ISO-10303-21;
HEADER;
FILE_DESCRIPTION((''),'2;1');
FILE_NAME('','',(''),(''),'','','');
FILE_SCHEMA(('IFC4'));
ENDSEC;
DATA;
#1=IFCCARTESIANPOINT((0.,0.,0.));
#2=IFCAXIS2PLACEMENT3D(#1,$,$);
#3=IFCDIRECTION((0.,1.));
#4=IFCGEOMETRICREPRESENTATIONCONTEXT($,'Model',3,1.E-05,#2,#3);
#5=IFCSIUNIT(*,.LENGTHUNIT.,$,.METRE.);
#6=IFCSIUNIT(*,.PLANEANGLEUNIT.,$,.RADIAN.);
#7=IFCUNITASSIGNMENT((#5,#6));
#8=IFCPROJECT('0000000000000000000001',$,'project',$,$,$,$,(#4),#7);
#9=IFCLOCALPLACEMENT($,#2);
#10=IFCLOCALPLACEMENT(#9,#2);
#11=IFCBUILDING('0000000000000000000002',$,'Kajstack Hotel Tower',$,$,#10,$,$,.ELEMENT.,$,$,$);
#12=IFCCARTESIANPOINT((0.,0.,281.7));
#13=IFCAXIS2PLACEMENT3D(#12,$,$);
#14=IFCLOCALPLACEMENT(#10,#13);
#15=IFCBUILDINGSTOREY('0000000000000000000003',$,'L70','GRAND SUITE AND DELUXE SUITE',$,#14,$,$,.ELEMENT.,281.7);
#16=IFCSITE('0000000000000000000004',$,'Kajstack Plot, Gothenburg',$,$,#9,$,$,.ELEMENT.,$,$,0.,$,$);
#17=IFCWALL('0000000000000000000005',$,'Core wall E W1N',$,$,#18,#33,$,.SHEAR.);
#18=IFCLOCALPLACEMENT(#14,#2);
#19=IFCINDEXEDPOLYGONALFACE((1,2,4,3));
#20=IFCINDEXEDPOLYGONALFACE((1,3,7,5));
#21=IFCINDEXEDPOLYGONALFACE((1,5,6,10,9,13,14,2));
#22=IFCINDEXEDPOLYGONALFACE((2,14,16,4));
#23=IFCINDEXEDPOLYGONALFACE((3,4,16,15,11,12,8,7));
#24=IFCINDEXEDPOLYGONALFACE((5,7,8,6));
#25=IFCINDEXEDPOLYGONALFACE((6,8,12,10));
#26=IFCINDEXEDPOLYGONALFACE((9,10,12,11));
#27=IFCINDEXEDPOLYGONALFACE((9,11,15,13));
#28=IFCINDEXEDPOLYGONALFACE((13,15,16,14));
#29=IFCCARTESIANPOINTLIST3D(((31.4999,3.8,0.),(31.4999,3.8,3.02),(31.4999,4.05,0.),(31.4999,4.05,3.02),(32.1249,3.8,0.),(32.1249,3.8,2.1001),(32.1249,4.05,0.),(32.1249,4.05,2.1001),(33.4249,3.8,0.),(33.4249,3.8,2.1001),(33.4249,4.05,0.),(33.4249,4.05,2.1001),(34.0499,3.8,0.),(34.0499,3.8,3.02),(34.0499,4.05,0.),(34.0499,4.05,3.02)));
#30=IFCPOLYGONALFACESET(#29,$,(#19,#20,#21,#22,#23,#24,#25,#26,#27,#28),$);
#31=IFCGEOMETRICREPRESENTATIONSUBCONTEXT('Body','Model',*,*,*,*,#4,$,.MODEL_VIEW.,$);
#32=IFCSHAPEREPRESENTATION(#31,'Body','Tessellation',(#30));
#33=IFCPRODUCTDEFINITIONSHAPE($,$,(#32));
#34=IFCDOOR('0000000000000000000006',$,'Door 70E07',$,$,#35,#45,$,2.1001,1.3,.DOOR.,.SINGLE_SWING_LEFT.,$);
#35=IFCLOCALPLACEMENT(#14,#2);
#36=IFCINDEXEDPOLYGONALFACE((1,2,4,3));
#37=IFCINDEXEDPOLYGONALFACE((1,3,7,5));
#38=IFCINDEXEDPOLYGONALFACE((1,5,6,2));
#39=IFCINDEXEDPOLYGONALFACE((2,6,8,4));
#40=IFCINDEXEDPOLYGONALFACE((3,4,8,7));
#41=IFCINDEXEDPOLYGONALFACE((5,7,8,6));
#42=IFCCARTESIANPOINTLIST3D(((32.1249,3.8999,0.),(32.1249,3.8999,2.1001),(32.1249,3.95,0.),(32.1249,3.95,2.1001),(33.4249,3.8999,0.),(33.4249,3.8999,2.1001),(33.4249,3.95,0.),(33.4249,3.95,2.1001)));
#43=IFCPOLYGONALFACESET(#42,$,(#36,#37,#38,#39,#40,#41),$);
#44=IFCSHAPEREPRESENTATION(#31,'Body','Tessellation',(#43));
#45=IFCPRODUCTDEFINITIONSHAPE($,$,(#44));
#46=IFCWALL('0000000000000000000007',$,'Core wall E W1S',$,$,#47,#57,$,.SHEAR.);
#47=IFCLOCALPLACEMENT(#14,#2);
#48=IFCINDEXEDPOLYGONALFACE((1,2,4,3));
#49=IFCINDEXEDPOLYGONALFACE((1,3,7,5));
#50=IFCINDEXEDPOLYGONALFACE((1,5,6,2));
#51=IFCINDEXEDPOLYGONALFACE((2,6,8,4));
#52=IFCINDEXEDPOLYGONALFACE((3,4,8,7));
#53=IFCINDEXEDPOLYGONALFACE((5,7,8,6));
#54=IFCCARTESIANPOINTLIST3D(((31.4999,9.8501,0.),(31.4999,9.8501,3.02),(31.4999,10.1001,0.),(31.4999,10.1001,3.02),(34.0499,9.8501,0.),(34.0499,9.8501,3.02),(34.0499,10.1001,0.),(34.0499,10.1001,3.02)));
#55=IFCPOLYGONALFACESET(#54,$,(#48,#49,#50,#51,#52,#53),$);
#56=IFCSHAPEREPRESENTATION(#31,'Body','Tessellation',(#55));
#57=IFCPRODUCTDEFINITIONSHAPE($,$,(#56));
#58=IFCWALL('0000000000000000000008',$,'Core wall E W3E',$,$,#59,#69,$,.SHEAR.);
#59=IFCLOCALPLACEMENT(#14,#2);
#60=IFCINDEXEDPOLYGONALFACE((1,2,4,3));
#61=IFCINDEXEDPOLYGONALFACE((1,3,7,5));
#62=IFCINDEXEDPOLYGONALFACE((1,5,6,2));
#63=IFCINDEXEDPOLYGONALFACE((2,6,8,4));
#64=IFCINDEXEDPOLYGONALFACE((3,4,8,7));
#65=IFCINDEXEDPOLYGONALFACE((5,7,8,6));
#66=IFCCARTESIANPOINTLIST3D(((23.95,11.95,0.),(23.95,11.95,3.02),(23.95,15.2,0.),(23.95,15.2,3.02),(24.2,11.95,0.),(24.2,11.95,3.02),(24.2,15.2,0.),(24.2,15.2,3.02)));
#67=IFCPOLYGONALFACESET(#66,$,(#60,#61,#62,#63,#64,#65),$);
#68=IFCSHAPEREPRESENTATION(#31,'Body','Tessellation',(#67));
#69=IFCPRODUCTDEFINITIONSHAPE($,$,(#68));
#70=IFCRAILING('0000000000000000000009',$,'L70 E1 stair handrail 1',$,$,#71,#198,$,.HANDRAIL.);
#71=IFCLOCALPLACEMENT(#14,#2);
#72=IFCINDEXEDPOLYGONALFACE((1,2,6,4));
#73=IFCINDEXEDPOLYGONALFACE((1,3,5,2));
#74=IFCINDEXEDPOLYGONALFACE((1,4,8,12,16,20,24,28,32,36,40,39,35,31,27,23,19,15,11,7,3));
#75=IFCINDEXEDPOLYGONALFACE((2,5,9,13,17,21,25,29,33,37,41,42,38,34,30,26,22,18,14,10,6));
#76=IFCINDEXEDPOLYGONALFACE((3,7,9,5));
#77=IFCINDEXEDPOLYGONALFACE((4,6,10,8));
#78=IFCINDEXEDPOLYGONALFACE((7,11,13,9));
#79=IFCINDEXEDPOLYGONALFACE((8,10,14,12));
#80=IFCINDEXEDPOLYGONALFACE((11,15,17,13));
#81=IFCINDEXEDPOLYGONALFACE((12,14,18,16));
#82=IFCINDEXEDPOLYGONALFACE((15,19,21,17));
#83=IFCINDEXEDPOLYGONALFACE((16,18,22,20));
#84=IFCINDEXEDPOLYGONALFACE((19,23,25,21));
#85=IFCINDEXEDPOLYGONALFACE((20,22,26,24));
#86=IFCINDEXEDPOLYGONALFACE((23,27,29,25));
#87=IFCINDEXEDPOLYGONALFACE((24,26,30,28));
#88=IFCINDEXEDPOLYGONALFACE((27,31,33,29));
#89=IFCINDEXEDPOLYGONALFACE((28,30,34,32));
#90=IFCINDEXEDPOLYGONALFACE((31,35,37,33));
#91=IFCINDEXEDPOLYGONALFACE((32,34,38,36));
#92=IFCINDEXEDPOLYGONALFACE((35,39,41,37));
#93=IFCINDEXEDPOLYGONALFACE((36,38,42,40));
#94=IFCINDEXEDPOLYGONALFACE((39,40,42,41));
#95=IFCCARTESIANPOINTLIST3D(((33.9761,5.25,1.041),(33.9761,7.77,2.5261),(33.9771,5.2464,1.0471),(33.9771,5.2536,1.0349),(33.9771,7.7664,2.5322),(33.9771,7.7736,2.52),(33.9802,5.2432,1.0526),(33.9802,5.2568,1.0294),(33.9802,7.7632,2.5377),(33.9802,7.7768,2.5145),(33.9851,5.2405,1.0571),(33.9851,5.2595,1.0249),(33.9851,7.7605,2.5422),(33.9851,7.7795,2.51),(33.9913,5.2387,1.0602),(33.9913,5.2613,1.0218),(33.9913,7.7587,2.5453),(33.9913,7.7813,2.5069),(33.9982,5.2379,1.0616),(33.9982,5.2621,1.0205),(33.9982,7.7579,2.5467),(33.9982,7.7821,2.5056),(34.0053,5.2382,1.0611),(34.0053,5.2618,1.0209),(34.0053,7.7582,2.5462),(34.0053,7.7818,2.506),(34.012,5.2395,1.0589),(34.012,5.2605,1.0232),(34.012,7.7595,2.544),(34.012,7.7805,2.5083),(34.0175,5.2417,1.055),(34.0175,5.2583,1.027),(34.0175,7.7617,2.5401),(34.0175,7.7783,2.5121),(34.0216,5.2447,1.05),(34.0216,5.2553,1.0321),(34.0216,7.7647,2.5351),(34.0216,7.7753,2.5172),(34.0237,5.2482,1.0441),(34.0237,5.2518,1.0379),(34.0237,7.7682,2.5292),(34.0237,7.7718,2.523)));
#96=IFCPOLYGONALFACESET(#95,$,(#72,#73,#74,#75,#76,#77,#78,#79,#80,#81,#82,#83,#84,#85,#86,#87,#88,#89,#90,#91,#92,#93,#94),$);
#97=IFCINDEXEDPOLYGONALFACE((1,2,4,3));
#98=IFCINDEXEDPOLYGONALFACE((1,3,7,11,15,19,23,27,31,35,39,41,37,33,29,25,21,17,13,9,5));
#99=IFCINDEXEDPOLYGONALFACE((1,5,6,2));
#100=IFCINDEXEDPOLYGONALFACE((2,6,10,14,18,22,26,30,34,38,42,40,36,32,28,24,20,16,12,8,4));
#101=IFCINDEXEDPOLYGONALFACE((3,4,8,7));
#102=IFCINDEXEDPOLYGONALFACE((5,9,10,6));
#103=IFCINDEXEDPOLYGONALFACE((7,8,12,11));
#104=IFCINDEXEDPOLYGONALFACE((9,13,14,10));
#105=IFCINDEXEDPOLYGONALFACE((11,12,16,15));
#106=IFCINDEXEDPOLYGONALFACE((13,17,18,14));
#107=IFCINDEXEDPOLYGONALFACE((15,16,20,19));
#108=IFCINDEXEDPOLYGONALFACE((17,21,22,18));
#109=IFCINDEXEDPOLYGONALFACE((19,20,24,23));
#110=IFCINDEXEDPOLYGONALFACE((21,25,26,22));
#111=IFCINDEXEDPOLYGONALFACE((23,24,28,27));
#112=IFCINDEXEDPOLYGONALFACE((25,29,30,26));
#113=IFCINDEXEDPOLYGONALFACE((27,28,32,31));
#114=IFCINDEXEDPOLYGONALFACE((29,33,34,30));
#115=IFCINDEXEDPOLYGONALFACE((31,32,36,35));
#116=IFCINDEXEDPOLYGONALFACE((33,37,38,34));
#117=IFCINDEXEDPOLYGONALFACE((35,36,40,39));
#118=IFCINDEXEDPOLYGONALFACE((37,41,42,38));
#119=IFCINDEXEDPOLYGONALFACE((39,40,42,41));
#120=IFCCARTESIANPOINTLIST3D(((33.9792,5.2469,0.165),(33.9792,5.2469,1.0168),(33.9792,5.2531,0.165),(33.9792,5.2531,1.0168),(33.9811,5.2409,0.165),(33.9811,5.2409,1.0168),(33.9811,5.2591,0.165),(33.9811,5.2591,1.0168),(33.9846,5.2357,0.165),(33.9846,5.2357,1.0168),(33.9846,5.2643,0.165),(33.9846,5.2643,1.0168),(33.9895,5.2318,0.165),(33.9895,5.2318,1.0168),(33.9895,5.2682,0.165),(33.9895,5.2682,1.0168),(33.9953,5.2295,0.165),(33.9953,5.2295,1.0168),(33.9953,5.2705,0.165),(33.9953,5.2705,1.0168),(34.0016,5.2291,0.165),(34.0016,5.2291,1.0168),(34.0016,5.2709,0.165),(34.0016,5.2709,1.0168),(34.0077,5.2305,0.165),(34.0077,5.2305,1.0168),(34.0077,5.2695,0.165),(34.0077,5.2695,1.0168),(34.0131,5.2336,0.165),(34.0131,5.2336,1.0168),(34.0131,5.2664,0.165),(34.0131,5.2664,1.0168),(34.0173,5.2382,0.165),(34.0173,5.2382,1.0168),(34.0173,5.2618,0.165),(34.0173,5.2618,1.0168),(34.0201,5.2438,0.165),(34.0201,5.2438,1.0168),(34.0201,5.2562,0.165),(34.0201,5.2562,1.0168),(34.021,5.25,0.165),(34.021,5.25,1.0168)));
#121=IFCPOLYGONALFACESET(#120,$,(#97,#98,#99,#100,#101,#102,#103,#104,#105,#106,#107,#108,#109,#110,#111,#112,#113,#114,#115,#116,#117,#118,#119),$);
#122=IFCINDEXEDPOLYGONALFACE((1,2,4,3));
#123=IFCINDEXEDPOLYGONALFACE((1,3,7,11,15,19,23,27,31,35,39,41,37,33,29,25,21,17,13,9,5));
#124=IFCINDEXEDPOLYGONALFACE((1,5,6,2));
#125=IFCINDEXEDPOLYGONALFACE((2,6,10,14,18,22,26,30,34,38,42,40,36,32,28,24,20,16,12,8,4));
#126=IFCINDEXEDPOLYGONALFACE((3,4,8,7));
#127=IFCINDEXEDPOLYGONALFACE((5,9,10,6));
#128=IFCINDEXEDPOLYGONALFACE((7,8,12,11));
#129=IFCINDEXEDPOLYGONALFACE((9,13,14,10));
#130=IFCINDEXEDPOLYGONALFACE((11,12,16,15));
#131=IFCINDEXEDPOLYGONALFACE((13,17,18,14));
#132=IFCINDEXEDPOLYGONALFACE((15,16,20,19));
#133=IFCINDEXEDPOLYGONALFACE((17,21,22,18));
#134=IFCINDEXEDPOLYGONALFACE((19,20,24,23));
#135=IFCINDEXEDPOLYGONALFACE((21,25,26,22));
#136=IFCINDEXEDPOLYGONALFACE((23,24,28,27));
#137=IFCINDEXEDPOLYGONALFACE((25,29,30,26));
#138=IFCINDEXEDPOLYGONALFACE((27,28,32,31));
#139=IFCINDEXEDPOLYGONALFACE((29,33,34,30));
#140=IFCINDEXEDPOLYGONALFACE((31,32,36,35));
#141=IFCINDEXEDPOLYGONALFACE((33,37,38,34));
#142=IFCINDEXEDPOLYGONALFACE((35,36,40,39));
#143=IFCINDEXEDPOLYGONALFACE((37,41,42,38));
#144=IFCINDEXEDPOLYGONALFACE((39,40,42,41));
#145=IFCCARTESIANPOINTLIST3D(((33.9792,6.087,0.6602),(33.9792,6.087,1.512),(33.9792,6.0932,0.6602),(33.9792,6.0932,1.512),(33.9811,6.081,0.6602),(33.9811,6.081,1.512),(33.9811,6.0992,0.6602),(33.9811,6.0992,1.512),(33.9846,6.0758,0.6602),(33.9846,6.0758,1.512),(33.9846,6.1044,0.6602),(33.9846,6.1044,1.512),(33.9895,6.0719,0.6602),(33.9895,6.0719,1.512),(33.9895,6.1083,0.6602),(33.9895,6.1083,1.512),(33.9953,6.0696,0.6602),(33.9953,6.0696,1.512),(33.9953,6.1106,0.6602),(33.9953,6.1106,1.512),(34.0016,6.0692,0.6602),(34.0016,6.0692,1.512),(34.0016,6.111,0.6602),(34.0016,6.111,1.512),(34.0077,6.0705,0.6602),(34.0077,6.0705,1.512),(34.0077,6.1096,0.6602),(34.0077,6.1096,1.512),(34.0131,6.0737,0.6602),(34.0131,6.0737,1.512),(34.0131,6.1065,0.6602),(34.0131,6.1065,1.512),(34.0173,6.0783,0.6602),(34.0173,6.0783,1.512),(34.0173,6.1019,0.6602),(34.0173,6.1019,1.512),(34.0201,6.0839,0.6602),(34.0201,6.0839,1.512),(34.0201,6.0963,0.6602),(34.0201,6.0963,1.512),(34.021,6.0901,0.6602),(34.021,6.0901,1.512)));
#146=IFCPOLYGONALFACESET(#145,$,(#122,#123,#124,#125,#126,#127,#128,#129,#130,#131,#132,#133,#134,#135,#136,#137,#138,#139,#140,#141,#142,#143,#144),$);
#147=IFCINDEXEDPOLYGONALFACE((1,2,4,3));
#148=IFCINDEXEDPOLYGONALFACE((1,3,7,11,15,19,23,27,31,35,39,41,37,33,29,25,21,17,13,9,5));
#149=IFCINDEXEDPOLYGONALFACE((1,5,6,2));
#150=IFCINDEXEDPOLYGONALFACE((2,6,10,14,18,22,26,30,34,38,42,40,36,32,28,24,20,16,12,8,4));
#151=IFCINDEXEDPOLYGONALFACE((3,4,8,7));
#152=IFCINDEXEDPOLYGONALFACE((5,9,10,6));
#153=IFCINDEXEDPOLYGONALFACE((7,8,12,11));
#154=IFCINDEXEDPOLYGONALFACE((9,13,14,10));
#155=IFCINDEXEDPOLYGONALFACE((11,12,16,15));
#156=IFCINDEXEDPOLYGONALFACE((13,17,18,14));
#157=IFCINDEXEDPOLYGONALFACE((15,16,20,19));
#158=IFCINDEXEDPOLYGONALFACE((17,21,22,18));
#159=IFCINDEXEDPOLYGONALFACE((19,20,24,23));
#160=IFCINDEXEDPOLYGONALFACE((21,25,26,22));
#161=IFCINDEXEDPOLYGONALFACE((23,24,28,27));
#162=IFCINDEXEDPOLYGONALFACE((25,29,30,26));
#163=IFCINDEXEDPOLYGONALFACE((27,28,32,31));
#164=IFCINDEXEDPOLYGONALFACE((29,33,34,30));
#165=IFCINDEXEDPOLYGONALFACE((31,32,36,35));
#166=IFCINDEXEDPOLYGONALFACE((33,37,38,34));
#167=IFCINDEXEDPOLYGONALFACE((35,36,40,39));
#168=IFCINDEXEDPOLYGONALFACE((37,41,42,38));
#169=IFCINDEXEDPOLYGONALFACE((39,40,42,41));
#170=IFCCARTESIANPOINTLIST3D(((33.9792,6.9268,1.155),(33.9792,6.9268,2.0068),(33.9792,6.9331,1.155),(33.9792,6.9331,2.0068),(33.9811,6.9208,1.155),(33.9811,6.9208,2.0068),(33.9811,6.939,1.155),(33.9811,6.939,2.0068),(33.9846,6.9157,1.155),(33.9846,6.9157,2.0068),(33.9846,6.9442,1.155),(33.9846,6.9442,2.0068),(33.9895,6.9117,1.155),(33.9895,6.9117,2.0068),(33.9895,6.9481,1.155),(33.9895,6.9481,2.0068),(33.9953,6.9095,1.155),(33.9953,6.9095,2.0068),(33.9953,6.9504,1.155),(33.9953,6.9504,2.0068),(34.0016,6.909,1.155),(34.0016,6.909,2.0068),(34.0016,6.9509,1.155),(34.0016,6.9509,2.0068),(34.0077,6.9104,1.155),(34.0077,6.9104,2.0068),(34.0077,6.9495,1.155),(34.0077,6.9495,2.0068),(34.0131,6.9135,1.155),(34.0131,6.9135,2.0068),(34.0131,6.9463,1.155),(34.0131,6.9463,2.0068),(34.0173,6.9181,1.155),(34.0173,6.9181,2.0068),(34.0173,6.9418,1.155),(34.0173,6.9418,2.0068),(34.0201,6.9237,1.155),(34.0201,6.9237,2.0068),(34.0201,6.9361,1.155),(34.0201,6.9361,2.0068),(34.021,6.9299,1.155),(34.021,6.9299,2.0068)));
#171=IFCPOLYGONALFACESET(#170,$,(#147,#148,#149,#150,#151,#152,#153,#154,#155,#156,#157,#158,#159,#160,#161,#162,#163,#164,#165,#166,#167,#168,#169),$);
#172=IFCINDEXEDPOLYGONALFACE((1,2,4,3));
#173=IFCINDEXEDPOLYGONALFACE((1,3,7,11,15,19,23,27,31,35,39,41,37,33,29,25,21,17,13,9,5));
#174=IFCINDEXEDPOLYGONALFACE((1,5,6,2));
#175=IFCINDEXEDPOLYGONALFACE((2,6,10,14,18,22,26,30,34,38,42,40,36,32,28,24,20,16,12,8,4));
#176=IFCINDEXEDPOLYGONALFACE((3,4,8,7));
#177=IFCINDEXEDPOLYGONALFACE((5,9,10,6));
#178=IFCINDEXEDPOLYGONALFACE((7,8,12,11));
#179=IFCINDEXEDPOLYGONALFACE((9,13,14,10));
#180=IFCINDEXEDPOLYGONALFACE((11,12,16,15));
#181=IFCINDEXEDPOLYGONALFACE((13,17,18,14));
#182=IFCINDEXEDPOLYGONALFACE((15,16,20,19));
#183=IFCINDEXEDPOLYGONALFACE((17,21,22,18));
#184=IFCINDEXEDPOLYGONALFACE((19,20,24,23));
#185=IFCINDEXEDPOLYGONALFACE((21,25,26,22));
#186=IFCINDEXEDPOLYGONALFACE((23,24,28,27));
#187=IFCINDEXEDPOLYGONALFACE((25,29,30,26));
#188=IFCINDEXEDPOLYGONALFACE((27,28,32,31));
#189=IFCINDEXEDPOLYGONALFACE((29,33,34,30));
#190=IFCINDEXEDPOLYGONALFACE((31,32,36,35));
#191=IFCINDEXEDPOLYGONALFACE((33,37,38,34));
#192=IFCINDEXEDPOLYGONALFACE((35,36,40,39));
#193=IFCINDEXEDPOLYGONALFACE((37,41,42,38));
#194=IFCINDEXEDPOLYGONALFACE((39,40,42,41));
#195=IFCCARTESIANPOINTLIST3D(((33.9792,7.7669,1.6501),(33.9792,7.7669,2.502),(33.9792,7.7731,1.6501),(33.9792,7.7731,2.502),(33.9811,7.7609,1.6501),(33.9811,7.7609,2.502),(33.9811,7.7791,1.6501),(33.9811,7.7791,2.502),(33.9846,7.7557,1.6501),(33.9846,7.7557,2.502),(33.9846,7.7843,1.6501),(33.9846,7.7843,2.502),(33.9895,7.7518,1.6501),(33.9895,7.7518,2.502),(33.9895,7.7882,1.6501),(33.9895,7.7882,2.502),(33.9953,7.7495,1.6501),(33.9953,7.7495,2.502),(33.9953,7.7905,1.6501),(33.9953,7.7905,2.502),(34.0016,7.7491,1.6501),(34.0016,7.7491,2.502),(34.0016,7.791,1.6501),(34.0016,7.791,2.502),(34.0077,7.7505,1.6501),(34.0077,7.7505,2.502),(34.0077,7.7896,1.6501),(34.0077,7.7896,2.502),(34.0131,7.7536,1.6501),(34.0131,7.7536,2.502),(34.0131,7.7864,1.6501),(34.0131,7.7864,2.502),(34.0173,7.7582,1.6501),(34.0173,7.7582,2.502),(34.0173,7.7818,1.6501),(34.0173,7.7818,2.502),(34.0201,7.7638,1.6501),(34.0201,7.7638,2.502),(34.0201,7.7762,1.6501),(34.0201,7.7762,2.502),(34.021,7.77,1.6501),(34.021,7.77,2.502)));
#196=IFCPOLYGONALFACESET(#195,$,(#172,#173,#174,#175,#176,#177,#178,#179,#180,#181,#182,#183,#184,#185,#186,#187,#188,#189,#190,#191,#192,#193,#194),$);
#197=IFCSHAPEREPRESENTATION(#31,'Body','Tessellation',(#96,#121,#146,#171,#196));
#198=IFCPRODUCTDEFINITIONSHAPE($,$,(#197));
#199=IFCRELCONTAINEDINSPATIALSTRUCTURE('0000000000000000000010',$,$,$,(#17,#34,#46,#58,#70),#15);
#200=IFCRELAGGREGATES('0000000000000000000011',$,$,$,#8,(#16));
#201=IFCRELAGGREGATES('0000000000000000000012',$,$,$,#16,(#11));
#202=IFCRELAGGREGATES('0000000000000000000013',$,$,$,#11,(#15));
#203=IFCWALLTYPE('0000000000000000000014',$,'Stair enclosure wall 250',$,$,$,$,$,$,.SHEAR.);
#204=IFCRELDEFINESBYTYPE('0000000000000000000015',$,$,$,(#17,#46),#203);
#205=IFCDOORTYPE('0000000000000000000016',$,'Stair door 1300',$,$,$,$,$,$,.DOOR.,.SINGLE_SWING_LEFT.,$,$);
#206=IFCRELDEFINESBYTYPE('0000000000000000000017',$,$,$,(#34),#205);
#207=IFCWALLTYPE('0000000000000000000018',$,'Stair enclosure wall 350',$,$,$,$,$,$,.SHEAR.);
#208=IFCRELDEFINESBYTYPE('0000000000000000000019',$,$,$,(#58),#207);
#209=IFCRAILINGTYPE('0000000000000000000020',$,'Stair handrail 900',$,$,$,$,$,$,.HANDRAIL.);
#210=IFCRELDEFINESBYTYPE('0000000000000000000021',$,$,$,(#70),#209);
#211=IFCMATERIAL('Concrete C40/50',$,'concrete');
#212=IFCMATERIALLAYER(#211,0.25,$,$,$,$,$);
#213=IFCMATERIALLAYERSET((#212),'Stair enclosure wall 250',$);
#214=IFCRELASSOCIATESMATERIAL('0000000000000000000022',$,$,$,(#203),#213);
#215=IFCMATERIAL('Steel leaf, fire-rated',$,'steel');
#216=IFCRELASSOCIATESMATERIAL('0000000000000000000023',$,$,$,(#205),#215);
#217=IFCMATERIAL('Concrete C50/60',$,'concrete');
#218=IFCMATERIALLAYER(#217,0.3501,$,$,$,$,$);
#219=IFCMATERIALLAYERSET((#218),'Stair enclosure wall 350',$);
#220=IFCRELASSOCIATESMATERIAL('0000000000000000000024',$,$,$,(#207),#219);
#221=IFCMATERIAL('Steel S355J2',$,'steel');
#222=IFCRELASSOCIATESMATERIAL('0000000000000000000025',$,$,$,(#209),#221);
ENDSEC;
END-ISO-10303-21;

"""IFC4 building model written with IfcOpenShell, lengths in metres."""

from ifc_helpers import new_model, si_unit, direction, frame, frame_2d, origin, origin_2d, place, context, subcontext, project, spatial, rectangle, circle, extrude, material, layer, layer_set, type_object, element, fill, save


model = new_model("IFC4")

# Units and contexts
model_context = context("Model", 3, precision=1e-05, world=origin(), true_north=direction((0.0, 1.0)))
body_context = subcontext(model_context, "Body", "Model", "MODEL_VIEW")
ifc_project = project(units=[si_unit("LENGTHUNIT", "METRE"), si_unit("PLANEANGLEUNIT", "RADIAN")], contexts=[model_context])

# Site, building, storey
site_placement = place(None, origin())
site = spatial("IfcSite", under=ifc_project, at=site_placement, Name="Kajstack Plot, Gothenburg", CompositionType="ELEMENT", RefElevation=0.0)
building_placement = place(site_placement, origin())
building = spatial("IfcBuilding", under=site, at=building_placement, Name="Kajstack Hotel Tower", CompositionType="ELEMENT")
storey_placement = place(building_placement, frame((0.0, 0.0, 281.7)))
storey = spatial("IfcBuildingStorey", under=building, at=storey_placement, Name="L70", Description="GRAND SUITE AND DELUXE SUITE", CompositionType="ELEMENT", Elevation=281.7)

# Shared definitions
ifc_material_1 = material(Name="Concrete C40/50", Category="concrete")
ifc_material_2 = material(Name="Concrete C50/60", Category="concrete")

# Wall, opening, door
ifc_layer_1 = layer(ifc_material_1, 0.25)
ifc_layer_set_1 = layer_set([ifc_layer_1], Name="Stair enclosure wall 250")
wall_type_1 = type_object("IfcWallType", Name="Stair enclosure wall 250", PredefinedType="SHEAR", material=ifc_layer_set_1)
wall_1_placement = place(storey_placement, frame((31.5, 3.925, 0.0), z_axis=(0.0, 0.0, 1.0), x_axis=(1.0, 0.0, 0.0)))
wall_1 = element("IfcWall", 1, at=wall_1_placement, inside=storey, type_object=wall_type_1, Name="Core wall E W1N", PredefinedType="SHEAR", context=body_context, shape_type="SweptSolid", body=[
    extrude(rectangle(XDim=2.55, YDim=0.25, at=frame_2d((1.2749, 0.0))), origin(), (0.0, 0.0, 1.0), 3.02),
])
opening_1_placement = place(wall_1_placement, frame((0.625, 0.0, 0.0)))
opening_1 = element("IfcOpeningElement", 2, at=opening_1_placement, cuts=wall_1, PredefinedType="OPENING", context=body_context, shape_type="SweptSolid", body=[
    extrude(rectangle(XDim=1.3, YDim=2.1001, at=frame_2d((0.6499, 1.05))), frame((0.0, 0.135, 0.0), z_axis=(0.0, -1.0, 0.0), x_axis=(1.0, 0.0, 0.0)), (0.0, 0.0, 1.0), 0.27),
])
ifc_material_3 = material(Name="Steel leaf, fire-rated", Category="steel")
door_type_1 = type_object("IfcDoorType", Name="Stair door 1300", OperationType="SINGLE_SWING_LEFT", PredefinedType="DOOR", material=ifc_material_3)
door_1_placement = place(opening_1_placement, origin())
door_1 = element("IfcDoor", 3, at=door_1_placement, inside=storey, type_object=door_type_1, Name="Door 70E07", OperationType="SINGLE_SWING_LEFT", OverallHeight=2.1001, OverallWidth=1.3, PredefinedType="DOOR", context=body_context, shape_type="SweptSolid", body=[
    extrude(rectangle(XDim=1.3, YDim=2.1001, at=frame_2d((0.6499, 1.05))), frame((0.0, 0.0249, 0.0), z_axis=(0.0, -1.0, 0.0), x_axis=(1.0, 0.0, 0.0)), (0.0, 0.0, 1.0), 0.05),
])
fill(opening_1, door_1)

# Walls
wall_2_placement = place(storey_placement, frame((31.5, 9.9751, 0.0), z_axis=(0.0, 0.0, 1.0), x_axis=(1.0, 0.0, 0.0)))
element("IfcWall", 4, at=wall_2_placement, inside=storey, type_object=wall_type_1, Name="Core wall E W1S", PredefinedType="SHEAR", context=body_context, shape_type="SweptSolid", body=[
    extrude(rectangle(XDim=2.55, YDim=0.25, at=frame_2d((1.2749, 0.0))), origin(), (0.0, 0.0, 1.0), 3.02),
])
ifc_layer_2 = layer(ifc_material_2, 0.3501)
ifc_layer_set_2 = layer_set([ifc_layer_2], Name="Stair enclosure wall 350")
wall_type_2 = type_object("IfcWallType", Name="Stair enclosure wall 350", PredefinedType="SHEAR", material=ifc_layer_set_2)
wall_3_placement = place(storey_placement, frame((24.075, 11.95, 0.0), z_axis=(0.0, 0.0, 1.0), x_axis=(0.0, 1.0, 0.0)))
element("IfcWall", 5, at=wall_3_placement, inside=storey, type_object=wall_type_2, Name="Core wall E W3E", PredefinedType="SHEAR", context=body_context, shape_type="SweptSolid", body=[
    extrude(rectangle(XDim=3.25, YDim=0.25, at=frame_2d((1.625, 0.0))), origin(), (0.0, 0.0, 1.0), 3.02),
])

# Railing
ifc_material_4 = material(Name="Steel S355J2", Category="steel")
railing_type_1 = type_object("IfcRailingType", Name="Stair handrail 900", PredefinedType="HANDRAIL", material=ifc_material_4)
railing_1_placement = place(storey_placement, frame((34.0, 5.25, 0.165)))
element("IfcRailing", 6, at=railing_1_placement, inside=storey, type_object=railing_type_1, Name="L70 E1 stair handrail 1", PredefinedType="HANDRAIL", context=body_context, shape_type="SweptSolid", body=[
    extrude(circle(Radius=0.0239, at=origin_2d()), frame((0.0, 0.0, 0.876), z_axis=(0.0, 0.861524, 0.507717), x_axis=(-1.0, 0.0, 0.0)), (0.0, 0.0, 1.0), 2.925),
    extrude(circle(Radius=0.021, at=origin_2d()), origin(), (0.0, 0.0, 1.0), 0.8518),
    extrude(circle(Radius=0.021, at=origin_2d()), frame((0.0, 0.8401, 0.4951)), (0.0, 0.0, 1.0), 0.8518),
    extrude(circle(Radius=0.021, at=origin_2d()), frame((0.0, 1.6799, 0.99)), (0.0, 0.0, 1.0), 0.8518),
    extrude(circle(Radius=0.021, at=origin_2d()), frame((0.0, 2.52, 1.4851)), (0.0, 0.0, 1.0), 0.8518),
])

save(model, "model.ifc")
